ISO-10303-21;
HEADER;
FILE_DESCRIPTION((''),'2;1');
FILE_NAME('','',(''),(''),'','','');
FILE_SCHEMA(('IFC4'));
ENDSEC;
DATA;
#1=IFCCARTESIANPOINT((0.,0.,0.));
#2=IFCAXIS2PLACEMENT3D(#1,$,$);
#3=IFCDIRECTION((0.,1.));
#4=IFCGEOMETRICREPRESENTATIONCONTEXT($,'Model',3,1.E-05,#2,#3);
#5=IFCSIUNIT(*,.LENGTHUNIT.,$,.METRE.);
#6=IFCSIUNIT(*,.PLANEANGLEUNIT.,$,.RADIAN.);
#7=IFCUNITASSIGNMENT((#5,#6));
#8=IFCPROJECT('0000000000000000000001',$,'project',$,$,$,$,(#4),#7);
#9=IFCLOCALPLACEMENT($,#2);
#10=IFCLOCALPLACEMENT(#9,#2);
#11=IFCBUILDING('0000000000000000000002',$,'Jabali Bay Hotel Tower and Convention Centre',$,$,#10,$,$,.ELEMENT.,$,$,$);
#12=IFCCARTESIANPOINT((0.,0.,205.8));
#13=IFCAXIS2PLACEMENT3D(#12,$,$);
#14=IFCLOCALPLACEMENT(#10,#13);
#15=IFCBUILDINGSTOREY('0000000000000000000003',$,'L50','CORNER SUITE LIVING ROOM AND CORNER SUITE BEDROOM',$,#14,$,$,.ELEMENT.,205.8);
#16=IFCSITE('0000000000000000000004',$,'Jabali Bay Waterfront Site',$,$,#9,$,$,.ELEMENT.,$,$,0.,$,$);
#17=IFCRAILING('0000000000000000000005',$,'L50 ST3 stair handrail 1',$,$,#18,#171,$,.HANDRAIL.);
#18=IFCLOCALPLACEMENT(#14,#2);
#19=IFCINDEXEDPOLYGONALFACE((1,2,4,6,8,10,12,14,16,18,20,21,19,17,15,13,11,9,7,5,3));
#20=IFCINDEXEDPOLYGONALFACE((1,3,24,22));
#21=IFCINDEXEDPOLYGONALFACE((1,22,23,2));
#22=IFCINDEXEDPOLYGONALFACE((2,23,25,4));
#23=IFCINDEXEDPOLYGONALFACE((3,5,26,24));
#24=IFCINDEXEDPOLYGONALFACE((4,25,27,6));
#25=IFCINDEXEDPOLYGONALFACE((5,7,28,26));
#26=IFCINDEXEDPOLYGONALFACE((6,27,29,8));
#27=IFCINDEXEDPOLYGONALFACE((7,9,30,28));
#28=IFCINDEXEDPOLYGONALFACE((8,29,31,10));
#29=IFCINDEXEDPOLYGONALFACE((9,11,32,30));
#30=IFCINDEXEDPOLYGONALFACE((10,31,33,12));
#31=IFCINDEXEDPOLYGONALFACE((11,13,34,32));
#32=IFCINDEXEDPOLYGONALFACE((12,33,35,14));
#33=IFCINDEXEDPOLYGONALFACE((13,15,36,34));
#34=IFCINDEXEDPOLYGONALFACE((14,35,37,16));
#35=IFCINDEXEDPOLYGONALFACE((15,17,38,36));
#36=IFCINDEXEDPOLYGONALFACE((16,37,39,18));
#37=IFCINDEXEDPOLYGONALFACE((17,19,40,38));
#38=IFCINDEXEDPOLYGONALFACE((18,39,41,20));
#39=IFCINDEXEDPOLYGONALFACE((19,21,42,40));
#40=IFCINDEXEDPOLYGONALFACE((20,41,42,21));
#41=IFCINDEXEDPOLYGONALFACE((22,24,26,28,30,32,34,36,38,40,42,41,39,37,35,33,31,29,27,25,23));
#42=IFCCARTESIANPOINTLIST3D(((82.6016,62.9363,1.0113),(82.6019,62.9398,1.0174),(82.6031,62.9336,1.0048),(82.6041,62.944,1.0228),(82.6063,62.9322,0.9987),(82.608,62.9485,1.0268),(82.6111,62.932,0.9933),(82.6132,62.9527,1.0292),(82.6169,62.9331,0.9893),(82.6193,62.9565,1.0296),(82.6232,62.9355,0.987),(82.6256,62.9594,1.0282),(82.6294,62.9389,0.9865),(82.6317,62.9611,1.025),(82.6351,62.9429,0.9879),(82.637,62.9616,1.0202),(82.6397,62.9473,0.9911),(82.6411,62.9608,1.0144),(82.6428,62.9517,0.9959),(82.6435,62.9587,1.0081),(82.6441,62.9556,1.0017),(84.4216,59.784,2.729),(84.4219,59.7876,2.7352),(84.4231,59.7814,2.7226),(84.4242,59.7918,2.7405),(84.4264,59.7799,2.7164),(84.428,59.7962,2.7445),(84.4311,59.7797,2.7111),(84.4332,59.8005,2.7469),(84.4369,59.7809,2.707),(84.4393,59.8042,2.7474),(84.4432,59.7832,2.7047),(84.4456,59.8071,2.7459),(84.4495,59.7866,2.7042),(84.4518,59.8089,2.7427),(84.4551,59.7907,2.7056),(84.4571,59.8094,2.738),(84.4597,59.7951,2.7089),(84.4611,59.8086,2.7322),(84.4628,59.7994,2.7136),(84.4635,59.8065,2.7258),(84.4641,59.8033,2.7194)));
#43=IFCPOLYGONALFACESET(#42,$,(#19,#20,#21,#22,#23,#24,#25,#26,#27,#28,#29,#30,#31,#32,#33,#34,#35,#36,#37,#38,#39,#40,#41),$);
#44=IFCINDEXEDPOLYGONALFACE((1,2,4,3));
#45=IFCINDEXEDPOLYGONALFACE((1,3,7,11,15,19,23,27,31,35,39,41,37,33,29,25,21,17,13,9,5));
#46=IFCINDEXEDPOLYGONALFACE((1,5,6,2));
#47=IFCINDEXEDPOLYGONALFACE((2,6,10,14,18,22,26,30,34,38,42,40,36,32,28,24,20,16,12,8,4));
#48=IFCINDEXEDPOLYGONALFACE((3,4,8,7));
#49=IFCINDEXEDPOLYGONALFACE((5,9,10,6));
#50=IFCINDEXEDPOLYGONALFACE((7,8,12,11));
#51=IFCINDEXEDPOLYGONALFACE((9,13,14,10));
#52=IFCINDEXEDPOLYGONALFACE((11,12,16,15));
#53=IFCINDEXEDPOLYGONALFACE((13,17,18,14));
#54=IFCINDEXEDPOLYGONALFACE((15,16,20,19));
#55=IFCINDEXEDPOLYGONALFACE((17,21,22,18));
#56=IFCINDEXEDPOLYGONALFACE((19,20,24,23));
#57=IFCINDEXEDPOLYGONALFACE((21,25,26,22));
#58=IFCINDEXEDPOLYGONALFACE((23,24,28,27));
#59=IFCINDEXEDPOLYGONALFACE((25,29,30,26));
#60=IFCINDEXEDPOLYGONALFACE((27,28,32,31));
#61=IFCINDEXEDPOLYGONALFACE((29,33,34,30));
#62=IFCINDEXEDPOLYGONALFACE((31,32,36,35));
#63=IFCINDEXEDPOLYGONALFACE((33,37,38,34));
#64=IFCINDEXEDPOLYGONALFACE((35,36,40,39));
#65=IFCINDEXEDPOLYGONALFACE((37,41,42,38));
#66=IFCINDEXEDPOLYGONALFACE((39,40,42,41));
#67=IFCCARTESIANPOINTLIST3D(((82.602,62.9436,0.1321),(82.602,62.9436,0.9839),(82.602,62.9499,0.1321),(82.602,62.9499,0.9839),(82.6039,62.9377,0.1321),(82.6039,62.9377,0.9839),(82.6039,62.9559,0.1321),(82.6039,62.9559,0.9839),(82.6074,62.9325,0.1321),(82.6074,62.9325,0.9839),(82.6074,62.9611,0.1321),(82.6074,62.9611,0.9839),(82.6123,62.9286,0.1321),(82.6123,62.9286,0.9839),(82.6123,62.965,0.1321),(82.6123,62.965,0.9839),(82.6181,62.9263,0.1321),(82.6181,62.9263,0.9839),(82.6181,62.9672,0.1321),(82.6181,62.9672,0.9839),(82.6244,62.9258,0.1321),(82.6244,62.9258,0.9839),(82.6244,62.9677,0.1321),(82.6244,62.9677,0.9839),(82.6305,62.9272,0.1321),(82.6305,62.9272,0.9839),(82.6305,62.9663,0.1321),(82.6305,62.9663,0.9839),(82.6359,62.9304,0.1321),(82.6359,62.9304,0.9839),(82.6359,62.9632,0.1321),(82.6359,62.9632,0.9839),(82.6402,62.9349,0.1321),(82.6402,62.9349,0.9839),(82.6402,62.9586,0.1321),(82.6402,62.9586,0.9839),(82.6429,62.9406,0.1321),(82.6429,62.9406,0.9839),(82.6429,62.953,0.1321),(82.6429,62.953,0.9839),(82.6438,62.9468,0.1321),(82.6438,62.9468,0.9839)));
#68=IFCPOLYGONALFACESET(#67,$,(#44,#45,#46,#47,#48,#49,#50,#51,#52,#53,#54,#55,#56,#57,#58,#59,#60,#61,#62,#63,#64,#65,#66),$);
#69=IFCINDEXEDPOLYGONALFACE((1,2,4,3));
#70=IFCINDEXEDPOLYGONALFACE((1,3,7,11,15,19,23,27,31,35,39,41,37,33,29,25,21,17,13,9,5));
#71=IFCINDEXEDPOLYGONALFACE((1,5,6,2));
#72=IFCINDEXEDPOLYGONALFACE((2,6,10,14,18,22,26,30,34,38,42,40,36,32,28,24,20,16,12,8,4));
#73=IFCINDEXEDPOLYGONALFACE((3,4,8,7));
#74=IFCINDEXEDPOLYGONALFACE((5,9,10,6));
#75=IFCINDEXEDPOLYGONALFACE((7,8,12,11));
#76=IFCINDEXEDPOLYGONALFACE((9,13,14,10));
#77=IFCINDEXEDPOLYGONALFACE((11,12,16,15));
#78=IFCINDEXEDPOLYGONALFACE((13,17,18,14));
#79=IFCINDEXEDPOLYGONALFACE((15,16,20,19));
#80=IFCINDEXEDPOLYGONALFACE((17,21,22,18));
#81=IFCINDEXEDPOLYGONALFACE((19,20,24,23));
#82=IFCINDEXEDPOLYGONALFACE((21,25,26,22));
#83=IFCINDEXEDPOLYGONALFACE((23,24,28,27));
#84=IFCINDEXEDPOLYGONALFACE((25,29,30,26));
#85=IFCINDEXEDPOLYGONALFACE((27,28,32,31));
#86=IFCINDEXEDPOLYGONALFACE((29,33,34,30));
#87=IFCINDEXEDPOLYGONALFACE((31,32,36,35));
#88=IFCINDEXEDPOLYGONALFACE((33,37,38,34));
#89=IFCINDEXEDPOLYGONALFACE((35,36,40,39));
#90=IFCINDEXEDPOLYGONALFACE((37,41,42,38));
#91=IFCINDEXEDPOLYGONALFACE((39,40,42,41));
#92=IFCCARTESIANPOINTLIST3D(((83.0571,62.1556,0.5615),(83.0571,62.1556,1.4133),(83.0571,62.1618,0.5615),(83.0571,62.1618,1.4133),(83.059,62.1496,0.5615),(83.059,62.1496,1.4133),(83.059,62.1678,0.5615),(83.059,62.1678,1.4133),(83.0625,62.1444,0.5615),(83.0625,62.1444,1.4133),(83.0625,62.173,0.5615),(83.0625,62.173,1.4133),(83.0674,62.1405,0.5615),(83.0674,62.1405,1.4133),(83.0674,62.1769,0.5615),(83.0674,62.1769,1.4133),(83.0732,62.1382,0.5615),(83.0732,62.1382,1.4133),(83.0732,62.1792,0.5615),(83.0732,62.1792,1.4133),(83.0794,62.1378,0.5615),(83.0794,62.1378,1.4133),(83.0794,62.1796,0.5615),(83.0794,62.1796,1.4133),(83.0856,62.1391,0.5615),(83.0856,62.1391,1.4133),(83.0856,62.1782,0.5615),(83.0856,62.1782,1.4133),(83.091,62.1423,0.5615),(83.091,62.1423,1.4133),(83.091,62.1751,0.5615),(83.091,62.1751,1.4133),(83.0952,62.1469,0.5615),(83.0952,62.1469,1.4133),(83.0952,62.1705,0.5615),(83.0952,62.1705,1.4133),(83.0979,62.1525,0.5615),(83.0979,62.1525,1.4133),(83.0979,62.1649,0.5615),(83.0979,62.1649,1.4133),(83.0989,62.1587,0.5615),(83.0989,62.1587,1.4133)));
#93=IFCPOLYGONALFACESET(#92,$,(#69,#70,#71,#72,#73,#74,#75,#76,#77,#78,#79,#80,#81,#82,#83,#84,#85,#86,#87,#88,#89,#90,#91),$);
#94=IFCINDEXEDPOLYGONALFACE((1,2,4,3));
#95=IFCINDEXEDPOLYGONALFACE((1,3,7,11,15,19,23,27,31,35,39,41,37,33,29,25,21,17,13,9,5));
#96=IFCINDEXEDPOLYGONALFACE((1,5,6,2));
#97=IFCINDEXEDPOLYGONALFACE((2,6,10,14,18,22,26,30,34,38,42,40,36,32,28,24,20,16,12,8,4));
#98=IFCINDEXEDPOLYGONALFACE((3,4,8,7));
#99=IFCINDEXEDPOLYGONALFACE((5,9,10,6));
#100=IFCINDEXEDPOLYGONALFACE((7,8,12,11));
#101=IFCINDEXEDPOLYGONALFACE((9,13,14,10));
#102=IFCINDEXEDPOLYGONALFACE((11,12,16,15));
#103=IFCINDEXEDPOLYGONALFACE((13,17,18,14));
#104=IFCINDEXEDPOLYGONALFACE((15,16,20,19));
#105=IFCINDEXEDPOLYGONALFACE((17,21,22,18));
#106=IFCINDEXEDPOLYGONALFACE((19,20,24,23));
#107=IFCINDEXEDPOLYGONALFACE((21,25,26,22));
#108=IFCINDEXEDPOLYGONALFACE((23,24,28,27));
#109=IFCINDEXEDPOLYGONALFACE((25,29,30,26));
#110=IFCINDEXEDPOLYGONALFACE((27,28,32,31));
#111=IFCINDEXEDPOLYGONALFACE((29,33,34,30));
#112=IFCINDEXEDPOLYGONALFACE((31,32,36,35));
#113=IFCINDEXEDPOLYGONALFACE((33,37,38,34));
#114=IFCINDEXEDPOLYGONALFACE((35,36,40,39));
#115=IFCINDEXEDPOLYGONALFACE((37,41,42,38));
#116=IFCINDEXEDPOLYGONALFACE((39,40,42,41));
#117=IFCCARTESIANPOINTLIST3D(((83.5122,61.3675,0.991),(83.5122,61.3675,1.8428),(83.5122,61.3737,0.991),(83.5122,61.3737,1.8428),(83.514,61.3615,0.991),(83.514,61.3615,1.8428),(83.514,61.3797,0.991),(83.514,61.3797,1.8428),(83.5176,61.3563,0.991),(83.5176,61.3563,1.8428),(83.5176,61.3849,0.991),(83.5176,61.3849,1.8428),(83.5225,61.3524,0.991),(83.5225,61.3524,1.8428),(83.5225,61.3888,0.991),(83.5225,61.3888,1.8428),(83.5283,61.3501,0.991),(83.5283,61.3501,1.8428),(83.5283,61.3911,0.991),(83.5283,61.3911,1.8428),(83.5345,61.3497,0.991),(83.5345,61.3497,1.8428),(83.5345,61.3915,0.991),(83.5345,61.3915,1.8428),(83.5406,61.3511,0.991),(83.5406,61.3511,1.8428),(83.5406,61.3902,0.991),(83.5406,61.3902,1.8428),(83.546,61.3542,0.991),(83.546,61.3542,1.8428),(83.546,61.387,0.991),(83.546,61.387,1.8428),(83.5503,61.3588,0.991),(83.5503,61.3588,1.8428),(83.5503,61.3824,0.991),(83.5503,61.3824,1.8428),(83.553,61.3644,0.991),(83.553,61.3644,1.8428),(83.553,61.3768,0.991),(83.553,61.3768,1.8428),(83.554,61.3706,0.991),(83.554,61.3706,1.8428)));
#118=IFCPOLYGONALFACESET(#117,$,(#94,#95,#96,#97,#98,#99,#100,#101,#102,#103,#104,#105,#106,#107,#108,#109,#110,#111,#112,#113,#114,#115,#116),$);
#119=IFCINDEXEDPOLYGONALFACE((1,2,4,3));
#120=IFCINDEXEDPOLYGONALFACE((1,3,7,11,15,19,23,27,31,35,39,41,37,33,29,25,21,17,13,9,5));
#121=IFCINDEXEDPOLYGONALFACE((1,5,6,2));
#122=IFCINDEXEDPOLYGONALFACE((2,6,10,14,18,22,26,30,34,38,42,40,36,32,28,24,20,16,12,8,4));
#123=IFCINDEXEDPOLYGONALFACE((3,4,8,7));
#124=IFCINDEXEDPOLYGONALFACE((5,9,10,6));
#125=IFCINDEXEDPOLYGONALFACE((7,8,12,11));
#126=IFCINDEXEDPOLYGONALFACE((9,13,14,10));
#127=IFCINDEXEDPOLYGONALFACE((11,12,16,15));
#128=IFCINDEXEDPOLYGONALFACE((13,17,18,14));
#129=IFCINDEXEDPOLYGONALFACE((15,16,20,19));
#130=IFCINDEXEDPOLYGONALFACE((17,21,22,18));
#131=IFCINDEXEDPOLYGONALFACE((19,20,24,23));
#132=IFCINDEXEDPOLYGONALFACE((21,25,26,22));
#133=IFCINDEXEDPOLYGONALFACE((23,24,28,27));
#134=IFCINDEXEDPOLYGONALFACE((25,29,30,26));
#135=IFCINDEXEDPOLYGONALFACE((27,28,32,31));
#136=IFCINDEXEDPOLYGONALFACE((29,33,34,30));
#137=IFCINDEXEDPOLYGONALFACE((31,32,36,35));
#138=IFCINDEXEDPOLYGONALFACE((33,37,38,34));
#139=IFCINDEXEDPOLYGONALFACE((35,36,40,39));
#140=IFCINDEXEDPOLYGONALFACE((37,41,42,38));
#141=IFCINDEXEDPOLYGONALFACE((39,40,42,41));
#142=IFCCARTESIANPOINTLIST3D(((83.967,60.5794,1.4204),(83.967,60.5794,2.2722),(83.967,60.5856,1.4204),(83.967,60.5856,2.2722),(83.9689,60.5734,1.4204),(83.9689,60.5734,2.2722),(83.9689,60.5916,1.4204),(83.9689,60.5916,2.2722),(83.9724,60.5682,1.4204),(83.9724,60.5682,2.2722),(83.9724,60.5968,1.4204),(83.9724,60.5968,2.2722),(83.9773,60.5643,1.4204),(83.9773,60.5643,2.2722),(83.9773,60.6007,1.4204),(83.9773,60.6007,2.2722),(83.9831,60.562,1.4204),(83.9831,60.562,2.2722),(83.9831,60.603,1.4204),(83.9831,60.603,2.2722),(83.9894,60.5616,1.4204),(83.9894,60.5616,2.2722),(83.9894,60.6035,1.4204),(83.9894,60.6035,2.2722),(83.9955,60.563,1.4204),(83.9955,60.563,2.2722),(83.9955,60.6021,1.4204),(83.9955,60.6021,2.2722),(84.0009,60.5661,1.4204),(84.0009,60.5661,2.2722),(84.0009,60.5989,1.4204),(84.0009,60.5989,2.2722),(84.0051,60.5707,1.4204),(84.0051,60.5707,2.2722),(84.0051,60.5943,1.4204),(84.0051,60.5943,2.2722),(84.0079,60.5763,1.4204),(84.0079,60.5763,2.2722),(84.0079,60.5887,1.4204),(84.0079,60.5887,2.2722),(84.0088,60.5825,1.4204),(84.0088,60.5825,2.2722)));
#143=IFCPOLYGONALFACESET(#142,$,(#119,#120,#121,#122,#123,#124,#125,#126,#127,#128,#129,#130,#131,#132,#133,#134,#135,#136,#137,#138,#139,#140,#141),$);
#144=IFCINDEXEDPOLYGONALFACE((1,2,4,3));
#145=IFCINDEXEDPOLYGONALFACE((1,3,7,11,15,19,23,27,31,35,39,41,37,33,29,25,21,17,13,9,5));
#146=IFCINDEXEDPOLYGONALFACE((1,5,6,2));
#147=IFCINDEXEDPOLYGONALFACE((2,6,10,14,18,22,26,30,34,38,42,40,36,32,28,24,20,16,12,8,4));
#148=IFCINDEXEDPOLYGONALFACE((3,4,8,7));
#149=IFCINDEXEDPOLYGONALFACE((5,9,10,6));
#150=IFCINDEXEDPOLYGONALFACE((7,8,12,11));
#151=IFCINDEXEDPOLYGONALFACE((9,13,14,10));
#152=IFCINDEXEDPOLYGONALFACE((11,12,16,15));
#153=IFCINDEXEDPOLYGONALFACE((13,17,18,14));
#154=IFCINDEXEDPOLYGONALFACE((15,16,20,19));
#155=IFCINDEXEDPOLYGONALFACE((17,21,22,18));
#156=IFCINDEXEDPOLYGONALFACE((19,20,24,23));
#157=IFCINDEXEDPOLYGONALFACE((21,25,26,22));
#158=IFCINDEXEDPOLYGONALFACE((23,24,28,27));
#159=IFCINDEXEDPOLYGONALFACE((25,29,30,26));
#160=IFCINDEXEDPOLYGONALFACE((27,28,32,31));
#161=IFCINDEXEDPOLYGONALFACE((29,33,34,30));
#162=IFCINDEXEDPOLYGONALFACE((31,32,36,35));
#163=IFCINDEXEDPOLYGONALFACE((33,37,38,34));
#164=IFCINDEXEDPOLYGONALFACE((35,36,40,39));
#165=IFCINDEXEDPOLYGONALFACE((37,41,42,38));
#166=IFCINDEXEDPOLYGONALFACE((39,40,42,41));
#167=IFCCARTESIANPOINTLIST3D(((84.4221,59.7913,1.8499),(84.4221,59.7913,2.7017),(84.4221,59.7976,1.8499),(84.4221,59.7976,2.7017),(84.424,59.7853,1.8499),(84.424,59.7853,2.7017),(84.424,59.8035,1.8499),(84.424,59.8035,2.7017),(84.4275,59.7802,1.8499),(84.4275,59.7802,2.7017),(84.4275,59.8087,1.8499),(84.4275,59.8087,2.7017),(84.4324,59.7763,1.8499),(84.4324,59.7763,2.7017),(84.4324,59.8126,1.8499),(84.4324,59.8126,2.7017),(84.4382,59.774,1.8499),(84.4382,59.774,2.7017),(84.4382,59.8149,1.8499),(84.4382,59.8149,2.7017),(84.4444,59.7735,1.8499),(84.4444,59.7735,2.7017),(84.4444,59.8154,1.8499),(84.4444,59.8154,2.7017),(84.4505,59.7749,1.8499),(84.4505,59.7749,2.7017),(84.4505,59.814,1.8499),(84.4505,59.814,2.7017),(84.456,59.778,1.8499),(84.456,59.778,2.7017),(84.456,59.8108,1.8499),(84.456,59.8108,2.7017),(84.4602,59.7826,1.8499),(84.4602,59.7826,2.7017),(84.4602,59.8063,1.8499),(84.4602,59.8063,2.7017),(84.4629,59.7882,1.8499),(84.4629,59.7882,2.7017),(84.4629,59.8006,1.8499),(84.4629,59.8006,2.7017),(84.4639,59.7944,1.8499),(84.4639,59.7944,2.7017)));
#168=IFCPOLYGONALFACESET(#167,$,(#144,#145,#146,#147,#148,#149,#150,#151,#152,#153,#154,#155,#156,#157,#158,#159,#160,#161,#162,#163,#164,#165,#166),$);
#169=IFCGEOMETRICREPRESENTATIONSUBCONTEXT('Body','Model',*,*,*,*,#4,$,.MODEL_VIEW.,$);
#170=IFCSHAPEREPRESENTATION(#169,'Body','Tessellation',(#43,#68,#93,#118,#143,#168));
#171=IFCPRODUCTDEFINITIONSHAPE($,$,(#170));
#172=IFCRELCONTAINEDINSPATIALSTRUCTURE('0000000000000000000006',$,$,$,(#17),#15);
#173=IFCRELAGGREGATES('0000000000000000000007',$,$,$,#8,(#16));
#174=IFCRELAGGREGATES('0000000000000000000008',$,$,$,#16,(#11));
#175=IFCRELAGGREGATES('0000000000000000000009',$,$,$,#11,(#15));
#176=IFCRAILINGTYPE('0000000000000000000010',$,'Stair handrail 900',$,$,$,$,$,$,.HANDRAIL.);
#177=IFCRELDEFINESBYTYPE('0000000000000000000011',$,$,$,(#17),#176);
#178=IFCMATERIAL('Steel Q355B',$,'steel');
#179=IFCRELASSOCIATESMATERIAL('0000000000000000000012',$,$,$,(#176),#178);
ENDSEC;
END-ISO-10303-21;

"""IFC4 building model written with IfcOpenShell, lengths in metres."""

from ifc_helpers import new_model, si_unit, direction, frame, origin, origin_2d, place, context, subcontext, project, spatial, circle, extrude, material, type_object, element, save


model = new_model("IFC4")

# Units and contexts
model_context = context("Model", 3, precision=1e-05, world=origin(), true_north=direction((0.0, 1.0)))
body_context = subcontext(model_context, "Body", "Model", "MODEL_VIEW")
ifc_project = project(units=[si_unit("LENGTHUNIT", "METRE"), si_unit("PLANEANGLEUNIT", "RADIAN")], contexts=[model_context])

# Site, building, storey
site_placement = place(None, origin())
site = spatial("IfcSite", under=ifc_project, at=site_placement, Name="Jabali Bay Waterfront Site", CompositionType="ELEMENT", RefElevation=0.0)
building_placement = place(site_placement, origin())
building = spatial("IfcBuilding", under=site, at=building_placement, Name="Jabali Bay Hotel Tower and Convention Centre", CompositionType="ELEMENT")
storey_placement = place(building_placement, frame((0.0, 0.0, 205.8)))
storey = spatial("IfcBuildingStorey", under=building, at=storey_placement, Name="L50", Description="CORNER SUITE LIVING ROOM AND CORNER SUITE BEDROOM", CompositionType="ELEMENT", Elevation=205.8)

# Railing
ifc_material_1 = material(Name="Steel Q355B", Category="steel")
railing_type_1 = type_object("IfcRailingType", Name="Stair handrail 900", PredefinedType="HANDRAIL", material=ifc_material_1)
railing_1_placement = place(storey_placement, frame((82.6228, 62.9468, 0.1321)))
element("IfcRailing", 1, at=railing_1_placement, inside=storey, type_object=railing_type_1, Name="L50 ST3 stair handrail 1", PredefinedType="HANDRAIL", context=body_context, shape_type="SweptSolid", body=[
    extrude(circle(Radius=0.0239, at=origin_2d()), frame((0.0, 0.0, 0.876), z_axis=(0.45219, -0.78319, 0.426775), x_axis=(0.866018, 0.500013, 0.0)), (0.0, 0.0, 1.0), 4.0249),
    extrude(circle(Radius=0.021, at=origin_2d()), origin(), (0.0, 0.0, 1.0), 0.8518),
    extrude(circle(Radius=0.021, at=origin_2d()), frame((0.4551, -0.7881, 0.4294)), (0.0, 0.0, 1.0), 0.8518),
    extrude(circle(Radius=0.021, at=origin_2d()), frame((0.9102, -1.5762, 0.8589)), (0.0, 0.0, 1.0), 0.8518),
    extrude(circle(Radius=0.021, at=origin_2d()), frame((1.365, -2.3643, 1.2883)), (0.0, 0.0, 1.0), 0.8518),
    extrude(circle(Radius=0.021, at=origin_2d()), frame((1.8201, -3.1523, 1.7178)), (0.0, 0.0, 1.0), 0.8518),
])

save(model, "model.ifc")
